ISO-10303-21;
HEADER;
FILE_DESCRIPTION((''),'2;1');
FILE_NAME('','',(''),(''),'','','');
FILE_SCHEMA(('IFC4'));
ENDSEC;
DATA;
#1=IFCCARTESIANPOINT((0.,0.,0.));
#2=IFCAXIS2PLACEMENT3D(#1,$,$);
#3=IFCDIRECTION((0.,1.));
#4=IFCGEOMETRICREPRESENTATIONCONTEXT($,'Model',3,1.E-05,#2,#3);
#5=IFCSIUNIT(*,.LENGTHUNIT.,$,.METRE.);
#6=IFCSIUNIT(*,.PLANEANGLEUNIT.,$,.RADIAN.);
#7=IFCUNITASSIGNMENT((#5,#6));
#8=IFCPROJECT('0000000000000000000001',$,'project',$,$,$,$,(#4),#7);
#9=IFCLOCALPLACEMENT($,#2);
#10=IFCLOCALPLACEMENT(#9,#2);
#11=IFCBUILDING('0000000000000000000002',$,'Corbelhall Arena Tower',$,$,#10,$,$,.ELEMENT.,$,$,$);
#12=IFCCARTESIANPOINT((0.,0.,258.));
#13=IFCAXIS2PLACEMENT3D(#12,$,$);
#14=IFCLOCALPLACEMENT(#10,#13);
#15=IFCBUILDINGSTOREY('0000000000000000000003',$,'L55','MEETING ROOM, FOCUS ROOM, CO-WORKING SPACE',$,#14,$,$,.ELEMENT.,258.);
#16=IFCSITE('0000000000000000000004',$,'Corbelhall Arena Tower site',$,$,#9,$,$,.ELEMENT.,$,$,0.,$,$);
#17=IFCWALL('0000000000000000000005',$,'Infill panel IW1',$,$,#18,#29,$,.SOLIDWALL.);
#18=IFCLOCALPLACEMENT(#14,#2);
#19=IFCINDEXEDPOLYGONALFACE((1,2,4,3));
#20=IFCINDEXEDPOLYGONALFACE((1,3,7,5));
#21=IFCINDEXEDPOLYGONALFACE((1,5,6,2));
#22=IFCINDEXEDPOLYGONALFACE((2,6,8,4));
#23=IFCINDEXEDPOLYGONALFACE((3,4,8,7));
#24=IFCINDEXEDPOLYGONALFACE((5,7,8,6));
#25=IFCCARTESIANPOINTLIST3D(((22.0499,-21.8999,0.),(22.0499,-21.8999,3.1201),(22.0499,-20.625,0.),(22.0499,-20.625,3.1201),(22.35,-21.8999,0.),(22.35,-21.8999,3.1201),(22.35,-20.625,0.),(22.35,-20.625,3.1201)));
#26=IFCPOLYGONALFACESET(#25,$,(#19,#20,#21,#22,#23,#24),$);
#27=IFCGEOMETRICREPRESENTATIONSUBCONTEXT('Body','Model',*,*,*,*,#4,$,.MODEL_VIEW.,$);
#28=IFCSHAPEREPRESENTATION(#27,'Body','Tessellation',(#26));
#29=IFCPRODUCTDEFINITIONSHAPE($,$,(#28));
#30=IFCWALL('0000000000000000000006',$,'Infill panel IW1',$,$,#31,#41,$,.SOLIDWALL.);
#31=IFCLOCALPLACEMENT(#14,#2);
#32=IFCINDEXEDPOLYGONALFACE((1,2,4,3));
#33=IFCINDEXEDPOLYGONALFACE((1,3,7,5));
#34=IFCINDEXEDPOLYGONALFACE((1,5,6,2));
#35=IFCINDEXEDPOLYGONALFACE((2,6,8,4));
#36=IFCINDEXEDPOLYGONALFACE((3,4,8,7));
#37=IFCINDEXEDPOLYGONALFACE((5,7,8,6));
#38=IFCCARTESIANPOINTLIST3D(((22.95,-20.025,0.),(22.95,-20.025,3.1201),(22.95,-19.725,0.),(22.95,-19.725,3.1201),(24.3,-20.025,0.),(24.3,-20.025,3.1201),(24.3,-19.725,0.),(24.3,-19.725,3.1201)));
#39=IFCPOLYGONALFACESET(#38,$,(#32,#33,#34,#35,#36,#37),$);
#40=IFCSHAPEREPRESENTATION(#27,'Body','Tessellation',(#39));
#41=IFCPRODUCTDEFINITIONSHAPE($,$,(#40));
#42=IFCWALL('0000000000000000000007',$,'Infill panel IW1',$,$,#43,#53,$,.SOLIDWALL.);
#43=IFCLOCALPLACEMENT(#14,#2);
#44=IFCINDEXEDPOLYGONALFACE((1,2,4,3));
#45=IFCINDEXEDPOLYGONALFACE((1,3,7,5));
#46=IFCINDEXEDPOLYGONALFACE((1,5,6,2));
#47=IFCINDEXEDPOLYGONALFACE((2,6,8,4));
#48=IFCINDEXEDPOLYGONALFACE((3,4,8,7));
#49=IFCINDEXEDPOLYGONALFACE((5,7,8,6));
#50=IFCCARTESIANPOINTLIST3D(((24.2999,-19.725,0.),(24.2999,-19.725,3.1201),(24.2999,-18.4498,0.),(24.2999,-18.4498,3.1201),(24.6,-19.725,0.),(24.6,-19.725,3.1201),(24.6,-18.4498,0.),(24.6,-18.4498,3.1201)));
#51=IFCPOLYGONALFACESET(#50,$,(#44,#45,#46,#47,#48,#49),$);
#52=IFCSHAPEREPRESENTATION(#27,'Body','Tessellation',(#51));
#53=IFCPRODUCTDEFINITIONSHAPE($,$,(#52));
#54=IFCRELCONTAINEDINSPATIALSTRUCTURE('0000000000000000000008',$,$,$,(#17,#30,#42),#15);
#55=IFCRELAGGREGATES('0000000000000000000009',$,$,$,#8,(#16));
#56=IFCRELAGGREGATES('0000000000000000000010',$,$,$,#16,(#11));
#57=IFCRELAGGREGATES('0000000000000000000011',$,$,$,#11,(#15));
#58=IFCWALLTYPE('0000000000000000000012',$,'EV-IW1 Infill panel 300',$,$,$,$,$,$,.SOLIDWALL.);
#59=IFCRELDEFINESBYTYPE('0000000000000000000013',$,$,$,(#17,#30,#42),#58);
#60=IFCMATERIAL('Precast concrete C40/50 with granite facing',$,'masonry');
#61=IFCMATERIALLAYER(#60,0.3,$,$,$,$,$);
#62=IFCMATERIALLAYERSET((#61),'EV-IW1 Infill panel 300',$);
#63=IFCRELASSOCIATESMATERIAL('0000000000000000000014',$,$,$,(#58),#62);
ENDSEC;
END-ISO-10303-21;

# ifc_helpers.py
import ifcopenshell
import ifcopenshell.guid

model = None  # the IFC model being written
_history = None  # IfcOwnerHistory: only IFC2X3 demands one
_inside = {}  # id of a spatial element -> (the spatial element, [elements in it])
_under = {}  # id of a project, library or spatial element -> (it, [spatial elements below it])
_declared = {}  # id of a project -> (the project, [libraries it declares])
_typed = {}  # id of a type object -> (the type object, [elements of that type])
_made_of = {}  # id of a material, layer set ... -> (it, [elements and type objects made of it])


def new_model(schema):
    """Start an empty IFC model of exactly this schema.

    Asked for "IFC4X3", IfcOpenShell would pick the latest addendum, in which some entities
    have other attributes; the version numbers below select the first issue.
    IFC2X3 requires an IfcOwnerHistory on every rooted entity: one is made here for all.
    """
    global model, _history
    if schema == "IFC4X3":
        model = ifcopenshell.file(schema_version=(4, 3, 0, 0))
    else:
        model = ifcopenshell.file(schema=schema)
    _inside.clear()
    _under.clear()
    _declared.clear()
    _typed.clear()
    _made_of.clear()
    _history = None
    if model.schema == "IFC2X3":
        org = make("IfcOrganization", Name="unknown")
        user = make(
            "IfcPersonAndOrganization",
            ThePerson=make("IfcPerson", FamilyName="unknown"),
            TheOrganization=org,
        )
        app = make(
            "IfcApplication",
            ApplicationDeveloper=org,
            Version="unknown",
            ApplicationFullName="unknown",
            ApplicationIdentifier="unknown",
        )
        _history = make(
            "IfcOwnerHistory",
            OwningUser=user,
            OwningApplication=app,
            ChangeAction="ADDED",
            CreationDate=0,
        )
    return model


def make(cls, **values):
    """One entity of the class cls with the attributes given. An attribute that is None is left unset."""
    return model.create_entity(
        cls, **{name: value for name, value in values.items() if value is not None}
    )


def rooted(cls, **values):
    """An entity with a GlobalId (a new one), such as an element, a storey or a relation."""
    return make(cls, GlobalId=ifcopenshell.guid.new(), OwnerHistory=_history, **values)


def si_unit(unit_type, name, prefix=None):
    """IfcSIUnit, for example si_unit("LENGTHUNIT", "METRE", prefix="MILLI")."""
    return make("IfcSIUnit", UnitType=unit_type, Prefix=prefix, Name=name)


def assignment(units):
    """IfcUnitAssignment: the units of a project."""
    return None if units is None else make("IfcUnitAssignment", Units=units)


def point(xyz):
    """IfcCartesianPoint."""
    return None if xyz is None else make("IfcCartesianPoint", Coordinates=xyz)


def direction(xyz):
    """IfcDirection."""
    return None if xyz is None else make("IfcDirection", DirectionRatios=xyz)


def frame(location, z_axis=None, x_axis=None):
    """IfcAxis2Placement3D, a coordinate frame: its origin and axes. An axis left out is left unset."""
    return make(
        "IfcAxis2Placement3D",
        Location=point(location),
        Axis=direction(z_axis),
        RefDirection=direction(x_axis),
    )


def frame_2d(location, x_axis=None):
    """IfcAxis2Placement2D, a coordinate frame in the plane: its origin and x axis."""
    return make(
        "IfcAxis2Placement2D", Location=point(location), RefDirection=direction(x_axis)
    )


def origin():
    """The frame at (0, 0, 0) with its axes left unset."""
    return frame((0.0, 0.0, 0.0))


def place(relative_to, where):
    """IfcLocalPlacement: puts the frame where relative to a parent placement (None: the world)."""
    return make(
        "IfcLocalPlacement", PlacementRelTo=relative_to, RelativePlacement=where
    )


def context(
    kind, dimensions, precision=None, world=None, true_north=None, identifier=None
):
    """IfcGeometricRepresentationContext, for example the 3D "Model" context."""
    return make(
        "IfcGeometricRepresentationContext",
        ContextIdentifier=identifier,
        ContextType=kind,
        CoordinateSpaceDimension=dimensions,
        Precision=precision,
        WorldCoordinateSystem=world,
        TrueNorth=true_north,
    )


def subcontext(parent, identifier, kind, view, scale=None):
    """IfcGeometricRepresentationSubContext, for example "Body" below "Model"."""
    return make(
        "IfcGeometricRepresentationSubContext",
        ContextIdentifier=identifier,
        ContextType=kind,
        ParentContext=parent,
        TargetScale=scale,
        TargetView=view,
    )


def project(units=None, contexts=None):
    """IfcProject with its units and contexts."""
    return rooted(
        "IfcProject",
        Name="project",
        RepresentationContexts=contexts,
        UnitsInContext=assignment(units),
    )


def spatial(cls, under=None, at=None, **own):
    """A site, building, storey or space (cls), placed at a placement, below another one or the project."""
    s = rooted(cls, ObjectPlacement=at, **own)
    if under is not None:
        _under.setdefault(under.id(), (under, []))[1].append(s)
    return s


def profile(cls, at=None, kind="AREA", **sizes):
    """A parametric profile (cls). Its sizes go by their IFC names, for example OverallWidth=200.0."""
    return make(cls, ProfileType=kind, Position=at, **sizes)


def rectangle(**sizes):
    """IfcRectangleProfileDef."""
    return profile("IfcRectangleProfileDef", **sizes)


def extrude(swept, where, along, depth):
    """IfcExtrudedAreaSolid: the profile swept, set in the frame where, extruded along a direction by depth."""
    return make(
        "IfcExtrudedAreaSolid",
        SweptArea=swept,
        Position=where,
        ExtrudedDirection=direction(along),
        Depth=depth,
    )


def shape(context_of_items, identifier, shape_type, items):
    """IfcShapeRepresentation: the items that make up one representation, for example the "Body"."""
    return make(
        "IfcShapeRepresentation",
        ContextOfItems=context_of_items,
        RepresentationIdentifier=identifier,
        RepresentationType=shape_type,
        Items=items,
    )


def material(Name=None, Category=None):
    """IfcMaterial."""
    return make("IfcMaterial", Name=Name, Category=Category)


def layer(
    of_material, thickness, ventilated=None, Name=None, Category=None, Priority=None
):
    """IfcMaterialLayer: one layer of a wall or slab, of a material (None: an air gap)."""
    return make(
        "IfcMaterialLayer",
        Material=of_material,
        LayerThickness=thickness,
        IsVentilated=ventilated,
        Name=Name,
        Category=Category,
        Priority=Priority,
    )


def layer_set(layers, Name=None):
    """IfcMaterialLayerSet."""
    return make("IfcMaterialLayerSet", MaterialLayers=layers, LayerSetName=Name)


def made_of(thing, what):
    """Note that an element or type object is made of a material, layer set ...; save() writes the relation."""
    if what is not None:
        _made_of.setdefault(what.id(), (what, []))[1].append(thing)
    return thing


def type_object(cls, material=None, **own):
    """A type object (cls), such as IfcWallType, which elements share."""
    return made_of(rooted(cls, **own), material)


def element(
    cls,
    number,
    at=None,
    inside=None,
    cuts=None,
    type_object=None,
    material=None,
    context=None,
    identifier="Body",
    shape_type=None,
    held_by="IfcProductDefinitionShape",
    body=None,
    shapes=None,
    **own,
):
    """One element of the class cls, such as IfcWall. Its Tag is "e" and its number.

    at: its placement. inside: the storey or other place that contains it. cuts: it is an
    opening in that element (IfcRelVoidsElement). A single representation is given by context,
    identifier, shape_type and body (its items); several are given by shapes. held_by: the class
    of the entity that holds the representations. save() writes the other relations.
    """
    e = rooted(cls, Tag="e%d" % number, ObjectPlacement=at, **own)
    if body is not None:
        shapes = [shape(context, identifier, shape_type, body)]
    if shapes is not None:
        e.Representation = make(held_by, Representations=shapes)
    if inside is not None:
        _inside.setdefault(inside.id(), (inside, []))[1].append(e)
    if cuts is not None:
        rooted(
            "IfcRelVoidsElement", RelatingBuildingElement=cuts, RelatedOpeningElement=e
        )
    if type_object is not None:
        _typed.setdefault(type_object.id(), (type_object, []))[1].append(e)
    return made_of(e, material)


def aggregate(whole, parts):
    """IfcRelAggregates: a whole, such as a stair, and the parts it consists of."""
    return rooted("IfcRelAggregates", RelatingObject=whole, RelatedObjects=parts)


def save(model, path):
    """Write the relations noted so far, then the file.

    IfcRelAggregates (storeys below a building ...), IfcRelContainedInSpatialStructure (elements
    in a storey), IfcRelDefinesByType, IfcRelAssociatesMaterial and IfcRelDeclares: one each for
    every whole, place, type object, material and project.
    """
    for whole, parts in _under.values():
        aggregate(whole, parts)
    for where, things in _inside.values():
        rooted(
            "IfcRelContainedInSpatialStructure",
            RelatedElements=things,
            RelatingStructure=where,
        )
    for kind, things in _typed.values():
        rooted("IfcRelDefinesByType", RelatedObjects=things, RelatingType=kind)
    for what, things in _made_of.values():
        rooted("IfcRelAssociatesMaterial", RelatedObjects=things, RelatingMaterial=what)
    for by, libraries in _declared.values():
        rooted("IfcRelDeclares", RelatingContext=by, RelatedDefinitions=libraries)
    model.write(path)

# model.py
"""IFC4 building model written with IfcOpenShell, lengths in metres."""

from ifc_helpers import new_model, si_unit, direction, frame, frame_2d, origin, place, context, subcontext, project, spatial, rectangle, extrude, material, layer, layer_set, type_object, element, save


model = new_model("IFC4")

# Units and contexts
model_context = context("Model", 3, precision=1e-05, world=origin(), true_north=direction((0.0, 1.0)))
body_context = subcontext(model_context, "Body", "Model", "MODEL_VIEW")
ifc_project = project(units=[si_unit("LENGTHUNIT", "METRE"), si_unit("PLANEANGLEUNIT", "RADIAN")], contexts=[model_context])

# Site, building, storey
site_placement = place(None, origin())
site = spatial("IfcSite", under=ifc_project, at=site_placement, Name="Corbelhall Arena Tower site", CompositionType="ELEMENT", RefElevation=0.0)
building_placement = place(site_placement, origin())
building = spatial("IfcBuilding", under=site, at=building_placement, Name="Corbelhall Arena Tower", CompositionType="ELEMENT")
storey_placement = place(building_placement, frame((0.0, 0.0, 258.0)))
storey = spatial("IfcBuildingStorey", under=building, at=storey_placement, Name="L55", Description="MEETING ROOM, FOCUS ROOM, CO-WORKING SPACE", CompositionType="ELEMENT", Elevation=258.0)

# Shared definitions
ifc_material_1 = material(Name="Precast concrete C40/50 with granite facing", Category="masonry")
ifc_layer_1 = layer(ifc_material_1, 0.3)
ifc_layer_set_1 = layer_set([ifc_layer_1], Name="EV-IW1 Infill panel 300")
wall_type_1 = type_object("IfcWallType", Name="EV-IW1 Infill panel 300", PredefinedType="SOLIDWALL", material=ifc_layer_set_1)

# Walls
wall_1_placement = place(storey_placement, frame((22.2, -21.8999, 0.0), z_axis=(0.0, 0.0, 1.0), x_axis=(0.0, 1.0, 0.0)))
element("IfcWall", 1, at=wall_1_placement, inside=storey, type_object=wall_type_1, Name="Infill panel IW1", PredefinedType="SOLIDWALL", context=body_context, shape_type="SweptSolid", body=[
    extrude(rectangle(XDim=1.2749, YDim=0.3, at=frame_2d((0.6375, 0.0))), origin(), (0.0, 0.0, 1.0), 3.1201),
])
wall_2_placement = place(storey_placement, frame((22.95, -19.875, 0.0), z_axis=(0.0, 0.0, 1.0), x_axis=(1.0, 0.0, 0.0)))
element("IfcWall", 2, at=wall_2_placement, inside=storey, type_object=wall_type_1, Name="Infill panel IW1", PredefinedType="SOLIDWALL", context=body_context, shape_type="SweptSolid", body=[
    extrude(rectangle(XDim=1.3501, YDim=0.3, at=frame_2d((0.675, 0.0))), origin(), (0.0, 0.0, 1.0), 3.1201),
])
wall_3_placement = place(storey_placement, frame((24.45, -19.7251, 0.0), z_axis=(0.0, 0.0, 1.0), x_axis=(0.0, 1.0, 0.0)))
element("IfcWall", 3, at=wall_3_placement, inside=storey, type_object=wall_type_1, Name="Infill panel IW1", PredefinedType="SOLIDWALL", context=body_context, shape_type="SweptSolid", body=[
    extrude(rectangle(XDim=1.2751, YDim=0.3, at=frame_2d((0.6377, 0.0))), origin(), (0.0, 0.0, 1.0), 3.1201),
])

save(model, "model.ifc")
